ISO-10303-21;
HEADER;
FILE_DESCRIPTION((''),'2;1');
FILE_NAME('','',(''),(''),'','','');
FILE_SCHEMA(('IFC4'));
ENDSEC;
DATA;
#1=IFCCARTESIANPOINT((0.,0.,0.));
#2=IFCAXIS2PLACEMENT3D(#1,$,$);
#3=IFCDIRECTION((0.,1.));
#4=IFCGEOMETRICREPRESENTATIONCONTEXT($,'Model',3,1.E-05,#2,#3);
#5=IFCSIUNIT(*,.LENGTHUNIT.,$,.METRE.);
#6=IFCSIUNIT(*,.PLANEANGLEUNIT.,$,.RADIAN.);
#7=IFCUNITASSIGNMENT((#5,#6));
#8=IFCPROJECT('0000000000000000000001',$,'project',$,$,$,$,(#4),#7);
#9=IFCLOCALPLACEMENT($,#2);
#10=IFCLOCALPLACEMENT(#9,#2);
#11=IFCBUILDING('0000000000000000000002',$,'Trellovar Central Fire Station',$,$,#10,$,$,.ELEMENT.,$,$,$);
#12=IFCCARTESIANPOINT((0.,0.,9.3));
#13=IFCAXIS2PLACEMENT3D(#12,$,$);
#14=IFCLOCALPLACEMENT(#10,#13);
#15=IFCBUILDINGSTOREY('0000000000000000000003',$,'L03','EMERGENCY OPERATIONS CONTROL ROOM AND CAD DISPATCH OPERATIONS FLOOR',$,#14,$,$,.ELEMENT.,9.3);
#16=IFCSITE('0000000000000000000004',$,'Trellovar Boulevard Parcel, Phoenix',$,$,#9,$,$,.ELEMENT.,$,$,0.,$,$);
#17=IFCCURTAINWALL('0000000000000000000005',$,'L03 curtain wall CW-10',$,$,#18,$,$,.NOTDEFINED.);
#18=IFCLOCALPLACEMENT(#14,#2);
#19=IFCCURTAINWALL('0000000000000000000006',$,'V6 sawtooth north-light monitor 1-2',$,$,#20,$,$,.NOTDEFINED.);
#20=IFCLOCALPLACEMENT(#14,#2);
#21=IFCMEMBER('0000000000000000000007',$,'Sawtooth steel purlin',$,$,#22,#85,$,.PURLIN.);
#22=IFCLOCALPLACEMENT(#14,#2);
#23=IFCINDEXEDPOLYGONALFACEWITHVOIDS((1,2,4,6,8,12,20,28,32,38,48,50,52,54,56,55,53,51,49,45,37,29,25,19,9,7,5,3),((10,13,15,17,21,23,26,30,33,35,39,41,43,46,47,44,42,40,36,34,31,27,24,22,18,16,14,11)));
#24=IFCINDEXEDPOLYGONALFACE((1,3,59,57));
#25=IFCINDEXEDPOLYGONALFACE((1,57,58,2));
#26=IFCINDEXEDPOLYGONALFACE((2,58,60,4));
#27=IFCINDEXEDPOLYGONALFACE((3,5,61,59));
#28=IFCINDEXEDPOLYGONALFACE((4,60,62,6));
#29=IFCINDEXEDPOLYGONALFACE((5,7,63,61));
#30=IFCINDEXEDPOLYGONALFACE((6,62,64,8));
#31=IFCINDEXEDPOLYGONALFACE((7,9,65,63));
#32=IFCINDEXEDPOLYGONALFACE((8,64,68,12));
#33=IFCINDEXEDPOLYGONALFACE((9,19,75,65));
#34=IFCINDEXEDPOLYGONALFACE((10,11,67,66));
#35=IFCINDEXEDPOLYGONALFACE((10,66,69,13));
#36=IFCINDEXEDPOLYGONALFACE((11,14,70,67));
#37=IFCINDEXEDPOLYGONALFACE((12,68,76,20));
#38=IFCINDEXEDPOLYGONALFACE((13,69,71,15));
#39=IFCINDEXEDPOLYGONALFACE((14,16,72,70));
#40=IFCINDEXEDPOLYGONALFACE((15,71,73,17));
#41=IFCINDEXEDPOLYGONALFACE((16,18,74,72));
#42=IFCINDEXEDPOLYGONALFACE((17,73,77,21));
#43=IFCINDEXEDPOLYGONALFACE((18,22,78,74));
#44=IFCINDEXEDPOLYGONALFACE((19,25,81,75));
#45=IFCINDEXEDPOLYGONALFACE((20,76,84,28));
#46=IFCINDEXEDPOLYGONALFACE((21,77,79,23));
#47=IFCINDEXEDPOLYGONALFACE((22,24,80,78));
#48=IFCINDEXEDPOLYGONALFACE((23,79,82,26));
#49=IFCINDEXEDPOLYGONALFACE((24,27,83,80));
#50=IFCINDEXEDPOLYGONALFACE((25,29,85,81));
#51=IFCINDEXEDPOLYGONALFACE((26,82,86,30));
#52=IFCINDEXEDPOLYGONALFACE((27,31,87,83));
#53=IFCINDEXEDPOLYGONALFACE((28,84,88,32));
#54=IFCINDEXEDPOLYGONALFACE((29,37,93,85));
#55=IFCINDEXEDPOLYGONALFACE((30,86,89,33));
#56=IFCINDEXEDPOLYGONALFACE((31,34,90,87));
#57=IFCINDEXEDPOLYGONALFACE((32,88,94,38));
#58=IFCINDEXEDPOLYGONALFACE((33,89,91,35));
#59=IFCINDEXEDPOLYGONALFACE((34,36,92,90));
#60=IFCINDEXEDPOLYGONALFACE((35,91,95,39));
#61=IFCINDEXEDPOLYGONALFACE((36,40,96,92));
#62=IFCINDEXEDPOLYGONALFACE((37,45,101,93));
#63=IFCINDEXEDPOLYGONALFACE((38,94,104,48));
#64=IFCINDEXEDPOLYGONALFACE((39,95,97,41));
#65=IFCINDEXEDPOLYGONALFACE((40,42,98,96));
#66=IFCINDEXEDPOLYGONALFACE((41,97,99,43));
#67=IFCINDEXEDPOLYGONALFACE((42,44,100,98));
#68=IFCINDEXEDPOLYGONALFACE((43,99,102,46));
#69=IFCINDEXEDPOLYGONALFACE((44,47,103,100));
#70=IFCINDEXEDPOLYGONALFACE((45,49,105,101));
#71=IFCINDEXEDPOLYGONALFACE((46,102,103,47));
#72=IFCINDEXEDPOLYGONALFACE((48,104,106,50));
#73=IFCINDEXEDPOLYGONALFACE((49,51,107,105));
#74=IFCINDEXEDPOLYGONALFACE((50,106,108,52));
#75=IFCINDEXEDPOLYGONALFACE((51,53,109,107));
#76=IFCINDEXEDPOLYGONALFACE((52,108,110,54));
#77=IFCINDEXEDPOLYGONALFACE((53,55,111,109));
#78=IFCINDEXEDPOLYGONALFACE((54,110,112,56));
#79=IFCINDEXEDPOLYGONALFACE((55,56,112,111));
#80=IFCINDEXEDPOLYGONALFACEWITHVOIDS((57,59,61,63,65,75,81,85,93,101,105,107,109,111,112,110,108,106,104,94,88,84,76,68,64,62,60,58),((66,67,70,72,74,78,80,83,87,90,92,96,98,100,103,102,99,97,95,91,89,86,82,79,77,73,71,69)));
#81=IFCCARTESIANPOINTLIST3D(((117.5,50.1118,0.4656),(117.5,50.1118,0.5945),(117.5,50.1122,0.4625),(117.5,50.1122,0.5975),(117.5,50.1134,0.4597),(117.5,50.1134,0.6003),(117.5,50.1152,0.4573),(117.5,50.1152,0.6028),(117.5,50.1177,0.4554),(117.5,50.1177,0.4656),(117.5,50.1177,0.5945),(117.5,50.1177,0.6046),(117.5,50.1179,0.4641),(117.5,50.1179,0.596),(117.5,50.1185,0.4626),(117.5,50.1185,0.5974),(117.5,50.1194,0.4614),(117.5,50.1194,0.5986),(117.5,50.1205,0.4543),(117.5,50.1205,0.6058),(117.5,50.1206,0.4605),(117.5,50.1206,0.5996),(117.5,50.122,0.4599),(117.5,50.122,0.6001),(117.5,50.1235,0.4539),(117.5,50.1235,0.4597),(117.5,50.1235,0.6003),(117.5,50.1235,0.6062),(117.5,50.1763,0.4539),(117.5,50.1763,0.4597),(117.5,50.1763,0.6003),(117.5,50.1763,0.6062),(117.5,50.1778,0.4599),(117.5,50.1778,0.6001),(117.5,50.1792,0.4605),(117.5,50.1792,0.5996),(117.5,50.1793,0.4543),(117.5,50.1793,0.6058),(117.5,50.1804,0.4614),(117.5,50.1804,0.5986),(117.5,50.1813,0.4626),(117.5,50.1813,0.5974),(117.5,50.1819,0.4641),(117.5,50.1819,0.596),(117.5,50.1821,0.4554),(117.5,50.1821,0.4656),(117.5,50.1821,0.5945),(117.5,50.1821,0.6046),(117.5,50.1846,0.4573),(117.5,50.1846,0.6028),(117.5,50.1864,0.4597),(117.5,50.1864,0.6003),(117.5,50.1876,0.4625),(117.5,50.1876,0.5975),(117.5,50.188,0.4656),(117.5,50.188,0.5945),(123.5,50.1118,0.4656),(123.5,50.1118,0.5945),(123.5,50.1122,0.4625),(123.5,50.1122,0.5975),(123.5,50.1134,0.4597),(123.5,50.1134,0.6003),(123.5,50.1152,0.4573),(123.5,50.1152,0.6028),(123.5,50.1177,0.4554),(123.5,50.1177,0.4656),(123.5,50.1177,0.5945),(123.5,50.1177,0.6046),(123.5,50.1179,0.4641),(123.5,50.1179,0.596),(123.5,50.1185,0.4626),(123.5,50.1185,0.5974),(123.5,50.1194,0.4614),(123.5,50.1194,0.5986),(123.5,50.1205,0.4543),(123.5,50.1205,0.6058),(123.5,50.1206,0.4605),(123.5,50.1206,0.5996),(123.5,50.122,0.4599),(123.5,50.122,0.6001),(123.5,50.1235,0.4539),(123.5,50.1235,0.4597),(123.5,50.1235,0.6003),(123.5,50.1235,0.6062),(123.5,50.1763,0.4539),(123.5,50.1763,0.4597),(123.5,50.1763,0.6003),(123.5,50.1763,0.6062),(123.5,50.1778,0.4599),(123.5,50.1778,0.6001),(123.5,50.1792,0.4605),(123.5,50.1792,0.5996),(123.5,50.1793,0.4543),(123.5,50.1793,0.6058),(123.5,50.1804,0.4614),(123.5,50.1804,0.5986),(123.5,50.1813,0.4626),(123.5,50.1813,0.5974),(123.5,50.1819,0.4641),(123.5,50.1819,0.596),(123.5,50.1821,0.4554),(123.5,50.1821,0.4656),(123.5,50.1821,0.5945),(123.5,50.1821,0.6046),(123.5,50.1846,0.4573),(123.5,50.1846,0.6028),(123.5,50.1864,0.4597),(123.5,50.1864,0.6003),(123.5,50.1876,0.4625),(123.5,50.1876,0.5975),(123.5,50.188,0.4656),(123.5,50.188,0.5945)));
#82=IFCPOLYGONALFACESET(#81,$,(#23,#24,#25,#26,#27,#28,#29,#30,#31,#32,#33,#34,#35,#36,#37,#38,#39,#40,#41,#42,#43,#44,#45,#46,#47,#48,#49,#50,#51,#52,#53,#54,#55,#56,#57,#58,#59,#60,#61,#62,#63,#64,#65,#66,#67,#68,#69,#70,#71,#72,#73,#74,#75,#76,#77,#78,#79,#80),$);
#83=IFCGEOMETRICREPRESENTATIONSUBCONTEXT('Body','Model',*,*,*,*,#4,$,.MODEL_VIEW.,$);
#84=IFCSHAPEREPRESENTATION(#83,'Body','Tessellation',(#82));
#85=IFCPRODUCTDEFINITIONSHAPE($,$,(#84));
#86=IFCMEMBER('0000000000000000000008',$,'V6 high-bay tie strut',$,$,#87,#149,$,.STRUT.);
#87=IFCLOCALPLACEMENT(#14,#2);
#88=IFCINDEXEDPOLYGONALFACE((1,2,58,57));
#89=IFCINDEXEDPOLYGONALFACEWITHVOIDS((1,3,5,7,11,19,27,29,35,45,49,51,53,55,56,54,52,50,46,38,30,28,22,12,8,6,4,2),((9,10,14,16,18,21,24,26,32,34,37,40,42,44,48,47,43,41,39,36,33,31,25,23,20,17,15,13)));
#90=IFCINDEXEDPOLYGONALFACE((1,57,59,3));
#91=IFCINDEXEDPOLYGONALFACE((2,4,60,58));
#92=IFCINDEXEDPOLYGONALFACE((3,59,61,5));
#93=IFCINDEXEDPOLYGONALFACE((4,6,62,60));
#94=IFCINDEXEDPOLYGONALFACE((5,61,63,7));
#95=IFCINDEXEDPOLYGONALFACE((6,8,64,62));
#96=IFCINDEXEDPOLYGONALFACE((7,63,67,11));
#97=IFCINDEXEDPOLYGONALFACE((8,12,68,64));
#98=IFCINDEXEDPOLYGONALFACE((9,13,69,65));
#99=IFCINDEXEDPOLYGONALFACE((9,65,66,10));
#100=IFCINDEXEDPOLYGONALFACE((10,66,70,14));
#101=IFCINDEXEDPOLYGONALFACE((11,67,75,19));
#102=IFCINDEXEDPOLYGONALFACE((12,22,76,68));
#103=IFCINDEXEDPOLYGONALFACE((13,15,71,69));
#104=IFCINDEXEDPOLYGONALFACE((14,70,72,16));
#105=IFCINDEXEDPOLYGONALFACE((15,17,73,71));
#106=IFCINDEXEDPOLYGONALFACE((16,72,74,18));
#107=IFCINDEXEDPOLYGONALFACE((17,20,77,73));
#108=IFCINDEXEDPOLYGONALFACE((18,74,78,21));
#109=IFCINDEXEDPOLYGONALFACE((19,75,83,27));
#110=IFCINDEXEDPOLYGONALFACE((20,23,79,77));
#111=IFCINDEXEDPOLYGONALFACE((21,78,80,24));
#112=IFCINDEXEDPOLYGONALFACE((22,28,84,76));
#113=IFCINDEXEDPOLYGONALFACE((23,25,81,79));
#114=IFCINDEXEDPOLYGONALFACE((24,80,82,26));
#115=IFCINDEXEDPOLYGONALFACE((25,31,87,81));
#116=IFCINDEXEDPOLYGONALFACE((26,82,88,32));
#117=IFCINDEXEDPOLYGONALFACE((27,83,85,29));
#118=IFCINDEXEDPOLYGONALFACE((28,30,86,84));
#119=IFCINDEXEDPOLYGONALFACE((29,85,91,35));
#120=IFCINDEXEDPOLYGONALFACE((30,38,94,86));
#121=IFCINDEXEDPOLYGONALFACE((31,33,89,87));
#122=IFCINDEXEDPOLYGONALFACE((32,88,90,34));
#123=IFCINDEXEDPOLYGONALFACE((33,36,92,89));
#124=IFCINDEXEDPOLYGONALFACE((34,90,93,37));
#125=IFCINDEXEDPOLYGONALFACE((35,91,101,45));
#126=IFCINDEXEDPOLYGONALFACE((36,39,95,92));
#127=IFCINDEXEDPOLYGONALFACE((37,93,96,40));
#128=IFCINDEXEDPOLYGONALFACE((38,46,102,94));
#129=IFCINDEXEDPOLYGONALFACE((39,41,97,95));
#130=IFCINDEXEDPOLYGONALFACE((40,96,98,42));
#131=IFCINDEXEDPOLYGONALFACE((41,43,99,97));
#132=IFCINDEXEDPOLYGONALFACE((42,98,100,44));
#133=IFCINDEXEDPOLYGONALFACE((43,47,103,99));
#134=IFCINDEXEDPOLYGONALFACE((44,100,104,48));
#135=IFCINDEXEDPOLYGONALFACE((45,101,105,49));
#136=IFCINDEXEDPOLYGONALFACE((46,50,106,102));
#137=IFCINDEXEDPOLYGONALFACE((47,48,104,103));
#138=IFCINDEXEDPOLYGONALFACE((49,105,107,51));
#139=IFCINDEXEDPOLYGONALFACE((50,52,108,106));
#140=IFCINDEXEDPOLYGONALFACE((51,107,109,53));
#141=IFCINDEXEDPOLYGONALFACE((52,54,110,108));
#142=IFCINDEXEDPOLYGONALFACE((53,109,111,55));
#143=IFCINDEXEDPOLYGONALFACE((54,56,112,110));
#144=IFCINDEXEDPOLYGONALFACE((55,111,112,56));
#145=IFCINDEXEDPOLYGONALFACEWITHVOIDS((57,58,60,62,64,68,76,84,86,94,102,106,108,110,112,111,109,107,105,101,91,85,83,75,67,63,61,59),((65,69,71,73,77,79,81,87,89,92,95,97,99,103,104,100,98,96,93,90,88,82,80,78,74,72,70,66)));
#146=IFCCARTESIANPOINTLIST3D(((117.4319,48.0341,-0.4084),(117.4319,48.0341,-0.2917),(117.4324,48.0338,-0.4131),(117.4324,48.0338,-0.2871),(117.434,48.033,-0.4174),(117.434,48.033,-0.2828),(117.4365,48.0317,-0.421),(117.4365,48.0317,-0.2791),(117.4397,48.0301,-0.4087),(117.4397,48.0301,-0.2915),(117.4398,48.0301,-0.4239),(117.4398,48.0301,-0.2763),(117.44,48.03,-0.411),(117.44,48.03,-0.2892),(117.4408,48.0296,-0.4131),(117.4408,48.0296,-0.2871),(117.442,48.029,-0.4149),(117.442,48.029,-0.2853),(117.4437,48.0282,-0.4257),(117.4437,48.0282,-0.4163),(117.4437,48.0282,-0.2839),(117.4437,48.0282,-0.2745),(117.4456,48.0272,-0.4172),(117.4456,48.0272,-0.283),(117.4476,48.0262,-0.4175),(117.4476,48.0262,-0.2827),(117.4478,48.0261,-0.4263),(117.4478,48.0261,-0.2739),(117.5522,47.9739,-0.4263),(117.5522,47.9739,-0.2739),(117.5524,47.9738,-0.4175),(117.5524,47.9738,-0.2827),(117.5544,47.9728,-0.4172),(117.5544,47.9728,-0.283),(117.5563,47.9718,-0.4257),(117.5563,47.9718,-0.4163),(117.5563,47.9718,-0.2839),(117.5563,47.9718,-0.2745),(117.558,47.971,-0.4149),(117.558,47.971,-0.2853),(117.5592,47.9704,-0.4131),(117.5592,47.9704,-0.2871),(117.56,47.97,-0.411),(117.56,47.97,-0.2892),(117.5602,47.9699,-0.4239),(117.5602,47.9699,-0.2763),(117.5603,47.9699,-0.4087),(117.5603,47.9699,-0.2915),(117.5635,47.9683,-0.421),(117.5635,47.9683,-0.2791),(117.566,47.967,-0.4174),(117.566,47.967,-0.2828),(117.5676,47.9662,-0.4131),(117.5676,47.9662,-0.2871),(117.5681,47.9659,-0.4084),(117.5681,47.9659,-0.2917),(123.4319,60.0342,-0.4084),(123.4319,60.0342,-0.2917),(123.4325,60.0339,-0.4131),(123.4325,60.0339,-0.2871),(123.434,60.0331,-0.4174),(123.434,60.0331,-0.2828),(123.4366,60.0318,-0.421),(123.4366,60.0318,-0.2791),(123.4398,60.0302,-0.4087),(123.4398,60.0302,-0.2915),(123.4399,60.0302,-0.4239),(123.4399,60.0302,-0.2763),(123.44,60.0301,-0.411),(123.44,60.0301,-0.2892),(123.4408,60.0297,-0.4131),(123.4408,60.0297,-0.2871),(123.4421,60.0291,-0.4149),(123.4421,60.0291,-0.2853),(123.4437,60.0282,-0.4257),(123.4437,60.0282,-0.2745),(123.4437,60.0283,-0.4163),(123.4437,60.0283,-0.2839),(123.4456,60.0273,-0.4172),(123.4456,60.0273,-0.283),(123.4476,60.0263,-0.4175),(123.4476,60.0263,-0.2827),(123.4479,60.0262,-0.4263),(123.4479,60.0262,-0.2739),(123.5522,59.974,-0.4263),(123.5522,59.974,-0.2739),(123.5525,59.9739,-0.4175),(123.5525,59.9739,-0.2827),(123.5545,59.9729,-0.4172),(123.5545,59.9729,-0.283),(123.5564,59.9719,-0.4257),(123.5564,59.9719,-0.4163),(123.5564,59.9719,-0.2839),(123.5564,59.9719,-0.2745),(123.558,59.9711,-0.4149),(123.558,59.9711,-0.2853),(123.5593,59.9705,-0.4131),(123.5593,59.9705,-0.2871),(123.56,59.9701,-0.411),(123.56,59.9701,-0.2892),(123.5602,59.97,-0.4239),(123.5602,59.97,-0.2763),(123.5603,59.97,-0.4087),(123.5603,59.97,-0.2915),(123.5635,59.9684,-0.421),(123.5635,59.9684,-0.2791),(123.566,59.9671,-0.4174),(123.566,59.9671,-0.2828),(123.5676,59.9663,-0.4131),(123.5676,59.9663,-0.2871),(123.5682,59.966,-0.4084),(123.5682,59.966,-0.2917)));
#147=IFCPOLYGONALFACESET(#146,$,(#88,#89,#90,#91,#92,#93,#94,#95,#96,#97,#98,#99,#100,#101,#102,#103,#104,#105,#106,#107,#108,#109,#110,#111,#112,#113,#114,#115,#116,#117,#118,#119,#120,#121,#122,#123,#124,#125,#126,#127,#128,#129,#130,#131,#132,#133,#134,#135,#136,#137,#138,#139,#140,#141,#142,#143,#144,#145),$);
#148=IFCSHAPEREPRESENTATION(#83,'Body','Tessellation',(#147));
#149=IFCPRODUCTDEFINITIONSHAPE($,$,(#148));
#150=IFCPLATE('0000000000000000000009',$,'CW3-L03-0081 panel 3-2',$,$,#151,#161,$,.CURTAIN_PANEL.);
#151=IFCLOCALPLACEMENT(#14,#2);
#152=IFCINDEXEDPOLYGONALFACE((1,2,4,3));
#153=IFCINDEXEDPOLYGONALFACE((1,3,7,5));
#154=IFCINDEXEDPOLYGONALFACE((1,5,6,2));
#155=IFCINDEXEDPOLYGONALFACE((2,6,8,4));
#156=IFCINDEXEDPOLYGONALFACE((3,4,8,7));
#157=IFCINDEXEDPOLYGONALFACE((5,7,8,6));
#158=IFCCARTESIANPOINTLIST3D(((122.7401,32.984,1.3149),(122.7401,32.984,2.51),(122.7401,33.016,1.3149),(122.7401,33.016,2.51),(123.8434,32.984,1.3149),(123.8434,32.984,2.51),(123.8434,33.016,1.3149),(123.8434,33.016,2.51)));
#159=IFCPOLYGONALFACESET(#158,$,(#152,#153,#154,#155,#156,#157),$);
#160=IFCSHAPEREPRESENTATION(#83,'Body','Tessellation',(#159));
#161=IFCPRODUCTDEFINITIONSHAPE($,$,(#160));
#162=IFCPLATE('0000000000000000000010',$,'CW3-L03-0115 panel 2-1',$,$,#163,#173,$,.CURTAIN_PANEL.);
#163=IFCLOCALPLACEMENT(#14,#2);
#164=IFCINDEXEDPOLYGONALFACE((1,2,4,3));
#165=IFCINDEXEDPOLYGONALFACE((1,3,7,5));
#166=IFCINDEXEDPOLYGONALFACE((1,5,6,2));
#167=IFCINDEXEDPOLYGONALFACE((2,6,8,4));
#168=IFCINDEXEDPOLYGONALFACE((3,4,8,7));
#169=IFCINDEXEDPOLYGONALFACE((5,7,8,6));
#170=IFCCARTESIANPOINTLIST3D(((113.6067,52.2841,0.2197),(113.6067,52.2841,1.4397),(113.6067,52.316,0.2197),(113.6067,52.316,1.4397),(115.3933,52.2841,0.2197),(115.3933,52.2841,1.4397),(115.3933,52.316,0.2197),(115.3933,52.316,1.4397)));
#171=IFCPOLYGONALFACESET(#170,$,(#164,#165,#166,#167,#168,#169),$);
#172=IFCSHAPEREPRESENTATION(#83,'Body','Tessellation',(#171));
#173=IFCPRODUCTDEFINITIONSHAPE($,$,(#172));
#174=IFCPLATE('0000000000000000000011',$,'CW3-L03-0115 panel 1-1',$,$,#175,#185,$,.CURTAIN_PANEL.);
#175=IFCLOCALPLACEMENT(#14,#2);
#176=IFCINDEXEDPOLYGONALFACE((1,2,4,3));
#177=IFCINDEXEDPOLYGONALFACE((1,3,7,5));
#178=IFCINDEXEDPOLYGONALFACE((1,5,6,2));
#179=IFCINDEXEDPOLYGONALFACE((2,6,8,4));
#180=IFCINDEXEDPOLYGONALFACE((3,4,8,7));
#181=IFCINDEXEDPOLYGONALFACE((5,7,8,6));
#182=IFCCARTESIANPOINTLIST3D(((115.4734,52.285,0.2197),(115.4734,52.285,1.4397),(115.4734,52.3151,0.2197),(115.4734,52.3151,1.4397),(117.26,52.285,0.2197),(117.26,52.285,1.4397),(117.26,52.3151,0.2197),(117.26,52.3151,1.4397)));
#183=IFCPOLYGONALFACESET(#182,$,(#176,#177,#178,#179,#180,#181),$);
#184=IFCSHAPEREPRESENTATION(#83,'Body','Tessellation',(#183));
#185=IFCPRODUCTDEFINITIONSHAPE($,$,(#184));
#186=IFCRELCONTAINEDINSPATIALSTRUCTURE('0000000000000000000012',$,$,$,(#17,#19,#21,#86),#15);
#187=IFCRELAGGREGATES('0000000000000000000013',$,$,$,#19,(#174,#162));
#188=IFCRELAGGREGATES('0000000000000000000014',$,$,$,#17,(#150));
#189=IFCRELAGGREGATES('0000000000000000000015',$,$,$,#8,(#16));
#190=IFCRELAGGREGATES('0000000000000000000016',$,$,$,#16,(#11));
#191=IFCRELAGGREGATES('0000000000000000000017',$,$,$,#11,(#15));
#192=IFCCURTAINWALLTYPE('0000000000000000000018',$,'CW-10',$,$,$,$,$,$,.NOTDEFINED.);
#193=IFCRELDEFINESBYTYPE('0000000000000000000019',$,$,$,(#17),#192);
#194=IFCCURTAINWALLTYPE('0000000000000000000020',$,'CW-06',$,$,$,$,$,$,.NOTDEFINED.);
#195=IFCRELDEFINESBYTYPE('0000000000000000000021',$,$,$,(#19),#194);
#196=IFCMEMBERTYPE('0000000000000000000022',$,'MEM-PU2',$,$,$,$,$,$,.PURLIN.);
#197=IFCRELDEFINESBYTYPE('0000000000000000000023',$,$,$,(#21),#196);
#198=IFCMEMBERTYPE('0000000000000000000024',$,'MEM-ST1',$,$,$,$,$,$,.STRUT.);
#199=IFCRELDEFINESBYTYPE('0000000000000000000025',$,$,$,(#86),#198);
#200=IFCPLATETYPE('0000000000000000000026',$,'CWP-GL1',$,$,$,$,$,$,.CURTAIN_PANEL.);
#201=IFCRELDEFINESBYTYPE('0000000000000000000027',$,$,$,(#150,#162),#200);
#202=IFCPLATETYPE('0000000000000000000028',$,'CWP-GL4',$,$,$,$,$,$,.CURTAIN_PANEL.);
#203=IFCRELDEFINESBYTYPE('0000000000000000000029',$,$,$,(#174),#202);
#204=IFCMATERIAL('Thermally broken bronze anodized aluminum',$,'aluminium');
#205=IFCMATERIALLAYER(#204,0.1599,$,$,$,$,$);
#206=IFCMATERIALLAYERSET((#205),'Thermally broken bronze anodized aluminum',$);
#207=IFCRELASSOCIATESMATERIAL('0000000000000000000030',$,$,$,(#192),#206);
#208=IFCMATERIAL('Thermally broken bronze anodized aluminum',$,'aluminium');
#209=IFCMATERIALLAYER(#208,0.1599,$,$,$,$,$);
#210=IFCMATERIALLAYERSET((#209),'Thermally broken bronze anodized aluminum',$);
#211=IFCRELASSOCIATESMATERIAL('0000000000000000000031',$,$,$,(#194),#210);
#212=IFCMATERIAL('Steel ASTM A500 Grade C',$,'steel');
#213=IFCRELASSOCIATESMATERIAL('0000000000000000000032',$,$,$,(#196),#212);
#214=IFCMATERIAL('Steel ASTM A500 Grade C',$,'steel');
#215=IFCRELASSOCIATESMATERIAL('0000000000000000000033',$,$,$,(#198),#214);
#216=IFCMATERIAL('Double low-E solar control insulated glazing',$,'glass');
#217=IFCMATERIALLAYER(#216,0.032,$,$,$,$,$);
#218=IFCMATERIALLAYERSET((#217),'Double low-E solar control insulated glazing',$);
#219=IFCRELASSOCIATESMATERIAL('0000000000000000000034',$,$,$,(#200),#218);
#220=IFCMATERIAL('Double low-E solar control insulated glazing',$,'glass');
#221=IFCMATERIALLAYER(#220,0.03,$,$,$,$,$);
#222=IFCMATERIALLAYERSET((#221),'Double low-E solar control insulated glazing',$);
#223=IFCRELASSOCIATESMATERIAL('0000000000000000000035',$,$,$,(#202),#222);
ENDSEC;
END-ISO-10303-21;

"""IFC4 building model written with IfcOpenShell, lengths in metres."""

from ifc_helpers import new_model, si_unit, direction, frame, origin, origin_2d, place, context, subcontext, project, spatial, rectangle, hollow_rectangle, extrude, material, layer, layer_set, material_profile, profile_set, type_object, element, aggregate, save


model = new_model("IFC4")

# Units and contexts
model_context = context("Model", 3, precision=1e-05, world=origin(), true_north=direction((0.0, 1.0)))
body_context = subcontext(model_context, "Body", "Model", "MODEL_VIEW")
ifc_project = project(units=[si_unit("LENGTHUNIT", "METRE"), si_unit("PLANEANGLEUNIT", "RADIAN")], contexts=[model_context])

# Site, building, storey
site_placement = place(None, origin())
site = spatial("IfcSite", under=ifc_project, at=site_placement, Name="Trellovar Boulevard Parcel, Phoenix", CompositionType="ELEMENT", RefElevation=0.0)
building_placement = place(site_placement, origin())
building = spatial("IfcBuilding", under=site, at=building_placement, Name="Trellovar Central Fire Station", CompositionType="ELEMENT")
storey_placement = place(building_placement, frame((0.0, 0.0, 9.3)))
storey = spatial("IfcBuildingStorey", under=building, at=storey_placement, Name="L03", Description="EMERGENCY OPERATIONS CONTROL ROOM AND CAD DISPATCH OPERATIONS FLOOR", CompositionType="ELEMENT", Elevation=9.3)

# Curtain wall
ifc_material_1 = material(Name="Thermally broken bronze anodized aluminum", Category="aluminium")
ifc_layer_1 = layer(ifc_material_1, 0.1599)
ifc_layer_set_1 = layer_set([ifc_layer_1], Name="Thermally broken bronze anodized aluminum")
curtain_wall_type_1 = type_object("IfcCurtainWallType", Name="CW-10", PredefinedType="NOTDEFINED", material=ifc_layer_set_1)
curtain_wall_1_placement = place(storey_placement, origin())
curtain_wall_1 = element("IfcCurtainWall", 1, at=curtain_wall_1_placement, inside=storey, type_object=curtain_wall_type_1, Name="L03 curtain wall CW-10", PredefinedType="NOTDEFINED")

# Curtain wall
ifc_material_2 = material(Name="Thermally broken bronze anodized aluminum", Category="aluminium")
ifc_layer_2 = layer(ifc_material_2, 0.1599)
ifc_layer_set_2 = layer_set([ifc_layer_2], Name="Thermally broken bronze anodized aluminum")
curtain_wall_type_2 = type_object("IfcCurtainWallType", Name="CW-06", PredefinedType="NOTDEFINED", material=ifc_layer_set_2)
curtain_wall_2_placement = place(storey_placement, origin())
curtain_wall_2 = element("IfcCurtainWall", 2, at=curtain_wall_2_placement, inside=storey, type_object=curtain_wall_type_2, Name="V6 sawtooth north-light monitor 1-2", PredefinedType="NOTDEFINED")

# Members
ifc_material_3 = material(Name="Steel ASTM A500 Grade C", Category="steel")
ifc_material_profile_1 = material_profile(ifc_material_3, hollow_rectangle(XDim=0.0762, YDim=0.1523, WallThickness=0.0059, InnerFilletRadius=0.0059, OuterFilletRadius=0.0117, at=origin_2d()), Name="HSS6X3X1/4")
ifc_profile_set_1 = profile_set([ifc_material_profile_1], Name="Steel ASTM A500 Grade C")
member_type_1 = type_object("IfcMemberType", Name="MEM-PU2", PredefinedType="PURLIN", material=ifc_profile_set_1)
member_1_placement = place(storey_placement, frame((117.5, 50.1499, 0.53), z_axis=(1.0, 0.0, 0.0), x_axis=(0.0, 1.0, 0.0)))
element("IfcMember", 3, at=member_1_placement, inside=storey, type_object=member_type_1, Name="Sawtooth steel purlin", PredefinedType="PURLIN", context=body_context, shape_type="SweptSolid", body=[
    extrude(hollow_rectangle(XDim=0.0762, YDim=0.1523, WallThickness=0.0059, InnerFilletRadius=0.0059, OuterFilletRadius=0.0117, at=origin_2d()), origin(), (0.0, 0.0, 1.0), 6.0),
])
ifc_material_4 = material(Name="Steel ASTM A500 Grade C", Category="steel")
ifc_material_profile_2 = material_profile(ifc_material_4, hollow_rectangle(XDim=0.1523, YDim=0.1523, WallThickness=0.0088, InnerFilletRadius=0.0088, OuterFilletRadius=0.0178, at=origin_2d()), Name="HSS6X6X3/8")
ifc_profile_set_2 = profile_set([ifc_material_profile_2], Name="Steel ASTM A500 Grade C")
member_type_2 = type_object("IfcMemberType", Name="MEM-ST1", PredefinedType="STRUT", material=ifc_profile_set_2)
member_2_placement = place(storey_placement, frame((117.5, 48.0, -0.3501), z_axis=(0.447214, 0.894427, 0.0), x_axis=(-0.894427, 0.447214, 0.0)))
element("IfcMember", 4, at=member_2_placement, inside=storey, type_object=member_type_2, Name="V6 high-bay tie strut", PredefinedType="STRUT", context=body_context, shape_type="SweptSolid", body=[
    extrude(hollow_rectangle(XDim=0.1523, YDim=0.1523, WallThickness=0.0088, InnerFilletRadius=0.0088, OuterFilletRadius=0.0178, at=origin_2d()), origin(), (0.0, 0.0, 1.0), 13.4165),
])

# Plates
ifc_material_5 = material(Name="Double low-E solar control insulated glazing", Category="glass")
ifc_layer_3 = layer(ifc_material_5, 0.032)
ifc_layer_set_3 = layer_set([ifc_layer_3], Name="Double low-E solar control insulated glazing")
plate_type_1 = type_object("IfcPlateType", Name="CWP-GL1", PredefinedType="CURTAIN_PANEL", material=ifc_layer_set_3)
plate_1_placement = place(storey_placement, frame((123.2917, 33.0, 1.3149), z_axis=(0.0, 0.0, 1.0), x_axis=(-1.0, 0.0, 0.0)))
plate_1 = element("IfcPlate", 5, at=plate_1_placement, type_object=plate_type_1, Name="CW3-L03-0081 panel 3-2", PredefinedType="CURTAIN_PANEL", context=body_context, shape_type="SweptSolid", body=[
    extrude(rectangle(XDim=1.1033, YDim=0.032, at=origin_2d()), origin(), (0.0, 0.0, 1.0), 1.1951),
])
plate_2_placement = place(storey_placement, frame((114.5, 52.3, 0.2197), z_axis=(0.0, 0.0, 1.0), x_axis=(-1.0, 0.0, 0.0)))
plate_2 = element("IfcPlate", 6, at=plate_2_placement, type_object=plate_type_1, Name="CW3-L03-0115 panel 2-1", PredefinedType="CURTAIN_PANEL", context=body_context, shape_type="SweptSolid", body=[
    extrude(rectangle(XDim=1.7866, YDim=0.032, at=origin_2d()), origin(), (0.0, 0.0, 1.0), 1.22),
])
ifc_material_6 = material(Name="Double low-E solar control insulated glazing", Category="glass")
ifc_layer_4 = layer(ifc_material_6, 0.03)
ifc_layer_set_4 = layer_set([ifc_layer_4], Name="Double low-E solar control insulated glazing")
plate_type_2 = type_object("IfcPlateType", Name="CWP-GL4", PredefinedType="CURTAIN_PANEL", material=ifc_layer_set_4)
plate_3_placement = place(storey_placement, frame((116.3667, 52.3, 0.2197), z_axis=(0.0, 0.0, 1.0), x_axis=(-1.0, 0.0, 0.0)))
plate_3 = element("IfcPlate", 7, at=plate_3_placement, type_object=plate_type_2, Name="CW3-L03-0115 panel 1-1", PredefinedType="CURTAIN_PANEL", context=body_context, shape_type="SweptSolid", body=[
    extrude(rectangle(XDim=1.7866, YDim=0.03, at=origin_2d()), origin(), (0.0, 0.0, 1.0), 1.22),
])
aggregate(curtain_wall_2, [plate_3, plate_2])
aggregate(curtain_wall_1, [plate_1])

save(model, "model.ifc")
